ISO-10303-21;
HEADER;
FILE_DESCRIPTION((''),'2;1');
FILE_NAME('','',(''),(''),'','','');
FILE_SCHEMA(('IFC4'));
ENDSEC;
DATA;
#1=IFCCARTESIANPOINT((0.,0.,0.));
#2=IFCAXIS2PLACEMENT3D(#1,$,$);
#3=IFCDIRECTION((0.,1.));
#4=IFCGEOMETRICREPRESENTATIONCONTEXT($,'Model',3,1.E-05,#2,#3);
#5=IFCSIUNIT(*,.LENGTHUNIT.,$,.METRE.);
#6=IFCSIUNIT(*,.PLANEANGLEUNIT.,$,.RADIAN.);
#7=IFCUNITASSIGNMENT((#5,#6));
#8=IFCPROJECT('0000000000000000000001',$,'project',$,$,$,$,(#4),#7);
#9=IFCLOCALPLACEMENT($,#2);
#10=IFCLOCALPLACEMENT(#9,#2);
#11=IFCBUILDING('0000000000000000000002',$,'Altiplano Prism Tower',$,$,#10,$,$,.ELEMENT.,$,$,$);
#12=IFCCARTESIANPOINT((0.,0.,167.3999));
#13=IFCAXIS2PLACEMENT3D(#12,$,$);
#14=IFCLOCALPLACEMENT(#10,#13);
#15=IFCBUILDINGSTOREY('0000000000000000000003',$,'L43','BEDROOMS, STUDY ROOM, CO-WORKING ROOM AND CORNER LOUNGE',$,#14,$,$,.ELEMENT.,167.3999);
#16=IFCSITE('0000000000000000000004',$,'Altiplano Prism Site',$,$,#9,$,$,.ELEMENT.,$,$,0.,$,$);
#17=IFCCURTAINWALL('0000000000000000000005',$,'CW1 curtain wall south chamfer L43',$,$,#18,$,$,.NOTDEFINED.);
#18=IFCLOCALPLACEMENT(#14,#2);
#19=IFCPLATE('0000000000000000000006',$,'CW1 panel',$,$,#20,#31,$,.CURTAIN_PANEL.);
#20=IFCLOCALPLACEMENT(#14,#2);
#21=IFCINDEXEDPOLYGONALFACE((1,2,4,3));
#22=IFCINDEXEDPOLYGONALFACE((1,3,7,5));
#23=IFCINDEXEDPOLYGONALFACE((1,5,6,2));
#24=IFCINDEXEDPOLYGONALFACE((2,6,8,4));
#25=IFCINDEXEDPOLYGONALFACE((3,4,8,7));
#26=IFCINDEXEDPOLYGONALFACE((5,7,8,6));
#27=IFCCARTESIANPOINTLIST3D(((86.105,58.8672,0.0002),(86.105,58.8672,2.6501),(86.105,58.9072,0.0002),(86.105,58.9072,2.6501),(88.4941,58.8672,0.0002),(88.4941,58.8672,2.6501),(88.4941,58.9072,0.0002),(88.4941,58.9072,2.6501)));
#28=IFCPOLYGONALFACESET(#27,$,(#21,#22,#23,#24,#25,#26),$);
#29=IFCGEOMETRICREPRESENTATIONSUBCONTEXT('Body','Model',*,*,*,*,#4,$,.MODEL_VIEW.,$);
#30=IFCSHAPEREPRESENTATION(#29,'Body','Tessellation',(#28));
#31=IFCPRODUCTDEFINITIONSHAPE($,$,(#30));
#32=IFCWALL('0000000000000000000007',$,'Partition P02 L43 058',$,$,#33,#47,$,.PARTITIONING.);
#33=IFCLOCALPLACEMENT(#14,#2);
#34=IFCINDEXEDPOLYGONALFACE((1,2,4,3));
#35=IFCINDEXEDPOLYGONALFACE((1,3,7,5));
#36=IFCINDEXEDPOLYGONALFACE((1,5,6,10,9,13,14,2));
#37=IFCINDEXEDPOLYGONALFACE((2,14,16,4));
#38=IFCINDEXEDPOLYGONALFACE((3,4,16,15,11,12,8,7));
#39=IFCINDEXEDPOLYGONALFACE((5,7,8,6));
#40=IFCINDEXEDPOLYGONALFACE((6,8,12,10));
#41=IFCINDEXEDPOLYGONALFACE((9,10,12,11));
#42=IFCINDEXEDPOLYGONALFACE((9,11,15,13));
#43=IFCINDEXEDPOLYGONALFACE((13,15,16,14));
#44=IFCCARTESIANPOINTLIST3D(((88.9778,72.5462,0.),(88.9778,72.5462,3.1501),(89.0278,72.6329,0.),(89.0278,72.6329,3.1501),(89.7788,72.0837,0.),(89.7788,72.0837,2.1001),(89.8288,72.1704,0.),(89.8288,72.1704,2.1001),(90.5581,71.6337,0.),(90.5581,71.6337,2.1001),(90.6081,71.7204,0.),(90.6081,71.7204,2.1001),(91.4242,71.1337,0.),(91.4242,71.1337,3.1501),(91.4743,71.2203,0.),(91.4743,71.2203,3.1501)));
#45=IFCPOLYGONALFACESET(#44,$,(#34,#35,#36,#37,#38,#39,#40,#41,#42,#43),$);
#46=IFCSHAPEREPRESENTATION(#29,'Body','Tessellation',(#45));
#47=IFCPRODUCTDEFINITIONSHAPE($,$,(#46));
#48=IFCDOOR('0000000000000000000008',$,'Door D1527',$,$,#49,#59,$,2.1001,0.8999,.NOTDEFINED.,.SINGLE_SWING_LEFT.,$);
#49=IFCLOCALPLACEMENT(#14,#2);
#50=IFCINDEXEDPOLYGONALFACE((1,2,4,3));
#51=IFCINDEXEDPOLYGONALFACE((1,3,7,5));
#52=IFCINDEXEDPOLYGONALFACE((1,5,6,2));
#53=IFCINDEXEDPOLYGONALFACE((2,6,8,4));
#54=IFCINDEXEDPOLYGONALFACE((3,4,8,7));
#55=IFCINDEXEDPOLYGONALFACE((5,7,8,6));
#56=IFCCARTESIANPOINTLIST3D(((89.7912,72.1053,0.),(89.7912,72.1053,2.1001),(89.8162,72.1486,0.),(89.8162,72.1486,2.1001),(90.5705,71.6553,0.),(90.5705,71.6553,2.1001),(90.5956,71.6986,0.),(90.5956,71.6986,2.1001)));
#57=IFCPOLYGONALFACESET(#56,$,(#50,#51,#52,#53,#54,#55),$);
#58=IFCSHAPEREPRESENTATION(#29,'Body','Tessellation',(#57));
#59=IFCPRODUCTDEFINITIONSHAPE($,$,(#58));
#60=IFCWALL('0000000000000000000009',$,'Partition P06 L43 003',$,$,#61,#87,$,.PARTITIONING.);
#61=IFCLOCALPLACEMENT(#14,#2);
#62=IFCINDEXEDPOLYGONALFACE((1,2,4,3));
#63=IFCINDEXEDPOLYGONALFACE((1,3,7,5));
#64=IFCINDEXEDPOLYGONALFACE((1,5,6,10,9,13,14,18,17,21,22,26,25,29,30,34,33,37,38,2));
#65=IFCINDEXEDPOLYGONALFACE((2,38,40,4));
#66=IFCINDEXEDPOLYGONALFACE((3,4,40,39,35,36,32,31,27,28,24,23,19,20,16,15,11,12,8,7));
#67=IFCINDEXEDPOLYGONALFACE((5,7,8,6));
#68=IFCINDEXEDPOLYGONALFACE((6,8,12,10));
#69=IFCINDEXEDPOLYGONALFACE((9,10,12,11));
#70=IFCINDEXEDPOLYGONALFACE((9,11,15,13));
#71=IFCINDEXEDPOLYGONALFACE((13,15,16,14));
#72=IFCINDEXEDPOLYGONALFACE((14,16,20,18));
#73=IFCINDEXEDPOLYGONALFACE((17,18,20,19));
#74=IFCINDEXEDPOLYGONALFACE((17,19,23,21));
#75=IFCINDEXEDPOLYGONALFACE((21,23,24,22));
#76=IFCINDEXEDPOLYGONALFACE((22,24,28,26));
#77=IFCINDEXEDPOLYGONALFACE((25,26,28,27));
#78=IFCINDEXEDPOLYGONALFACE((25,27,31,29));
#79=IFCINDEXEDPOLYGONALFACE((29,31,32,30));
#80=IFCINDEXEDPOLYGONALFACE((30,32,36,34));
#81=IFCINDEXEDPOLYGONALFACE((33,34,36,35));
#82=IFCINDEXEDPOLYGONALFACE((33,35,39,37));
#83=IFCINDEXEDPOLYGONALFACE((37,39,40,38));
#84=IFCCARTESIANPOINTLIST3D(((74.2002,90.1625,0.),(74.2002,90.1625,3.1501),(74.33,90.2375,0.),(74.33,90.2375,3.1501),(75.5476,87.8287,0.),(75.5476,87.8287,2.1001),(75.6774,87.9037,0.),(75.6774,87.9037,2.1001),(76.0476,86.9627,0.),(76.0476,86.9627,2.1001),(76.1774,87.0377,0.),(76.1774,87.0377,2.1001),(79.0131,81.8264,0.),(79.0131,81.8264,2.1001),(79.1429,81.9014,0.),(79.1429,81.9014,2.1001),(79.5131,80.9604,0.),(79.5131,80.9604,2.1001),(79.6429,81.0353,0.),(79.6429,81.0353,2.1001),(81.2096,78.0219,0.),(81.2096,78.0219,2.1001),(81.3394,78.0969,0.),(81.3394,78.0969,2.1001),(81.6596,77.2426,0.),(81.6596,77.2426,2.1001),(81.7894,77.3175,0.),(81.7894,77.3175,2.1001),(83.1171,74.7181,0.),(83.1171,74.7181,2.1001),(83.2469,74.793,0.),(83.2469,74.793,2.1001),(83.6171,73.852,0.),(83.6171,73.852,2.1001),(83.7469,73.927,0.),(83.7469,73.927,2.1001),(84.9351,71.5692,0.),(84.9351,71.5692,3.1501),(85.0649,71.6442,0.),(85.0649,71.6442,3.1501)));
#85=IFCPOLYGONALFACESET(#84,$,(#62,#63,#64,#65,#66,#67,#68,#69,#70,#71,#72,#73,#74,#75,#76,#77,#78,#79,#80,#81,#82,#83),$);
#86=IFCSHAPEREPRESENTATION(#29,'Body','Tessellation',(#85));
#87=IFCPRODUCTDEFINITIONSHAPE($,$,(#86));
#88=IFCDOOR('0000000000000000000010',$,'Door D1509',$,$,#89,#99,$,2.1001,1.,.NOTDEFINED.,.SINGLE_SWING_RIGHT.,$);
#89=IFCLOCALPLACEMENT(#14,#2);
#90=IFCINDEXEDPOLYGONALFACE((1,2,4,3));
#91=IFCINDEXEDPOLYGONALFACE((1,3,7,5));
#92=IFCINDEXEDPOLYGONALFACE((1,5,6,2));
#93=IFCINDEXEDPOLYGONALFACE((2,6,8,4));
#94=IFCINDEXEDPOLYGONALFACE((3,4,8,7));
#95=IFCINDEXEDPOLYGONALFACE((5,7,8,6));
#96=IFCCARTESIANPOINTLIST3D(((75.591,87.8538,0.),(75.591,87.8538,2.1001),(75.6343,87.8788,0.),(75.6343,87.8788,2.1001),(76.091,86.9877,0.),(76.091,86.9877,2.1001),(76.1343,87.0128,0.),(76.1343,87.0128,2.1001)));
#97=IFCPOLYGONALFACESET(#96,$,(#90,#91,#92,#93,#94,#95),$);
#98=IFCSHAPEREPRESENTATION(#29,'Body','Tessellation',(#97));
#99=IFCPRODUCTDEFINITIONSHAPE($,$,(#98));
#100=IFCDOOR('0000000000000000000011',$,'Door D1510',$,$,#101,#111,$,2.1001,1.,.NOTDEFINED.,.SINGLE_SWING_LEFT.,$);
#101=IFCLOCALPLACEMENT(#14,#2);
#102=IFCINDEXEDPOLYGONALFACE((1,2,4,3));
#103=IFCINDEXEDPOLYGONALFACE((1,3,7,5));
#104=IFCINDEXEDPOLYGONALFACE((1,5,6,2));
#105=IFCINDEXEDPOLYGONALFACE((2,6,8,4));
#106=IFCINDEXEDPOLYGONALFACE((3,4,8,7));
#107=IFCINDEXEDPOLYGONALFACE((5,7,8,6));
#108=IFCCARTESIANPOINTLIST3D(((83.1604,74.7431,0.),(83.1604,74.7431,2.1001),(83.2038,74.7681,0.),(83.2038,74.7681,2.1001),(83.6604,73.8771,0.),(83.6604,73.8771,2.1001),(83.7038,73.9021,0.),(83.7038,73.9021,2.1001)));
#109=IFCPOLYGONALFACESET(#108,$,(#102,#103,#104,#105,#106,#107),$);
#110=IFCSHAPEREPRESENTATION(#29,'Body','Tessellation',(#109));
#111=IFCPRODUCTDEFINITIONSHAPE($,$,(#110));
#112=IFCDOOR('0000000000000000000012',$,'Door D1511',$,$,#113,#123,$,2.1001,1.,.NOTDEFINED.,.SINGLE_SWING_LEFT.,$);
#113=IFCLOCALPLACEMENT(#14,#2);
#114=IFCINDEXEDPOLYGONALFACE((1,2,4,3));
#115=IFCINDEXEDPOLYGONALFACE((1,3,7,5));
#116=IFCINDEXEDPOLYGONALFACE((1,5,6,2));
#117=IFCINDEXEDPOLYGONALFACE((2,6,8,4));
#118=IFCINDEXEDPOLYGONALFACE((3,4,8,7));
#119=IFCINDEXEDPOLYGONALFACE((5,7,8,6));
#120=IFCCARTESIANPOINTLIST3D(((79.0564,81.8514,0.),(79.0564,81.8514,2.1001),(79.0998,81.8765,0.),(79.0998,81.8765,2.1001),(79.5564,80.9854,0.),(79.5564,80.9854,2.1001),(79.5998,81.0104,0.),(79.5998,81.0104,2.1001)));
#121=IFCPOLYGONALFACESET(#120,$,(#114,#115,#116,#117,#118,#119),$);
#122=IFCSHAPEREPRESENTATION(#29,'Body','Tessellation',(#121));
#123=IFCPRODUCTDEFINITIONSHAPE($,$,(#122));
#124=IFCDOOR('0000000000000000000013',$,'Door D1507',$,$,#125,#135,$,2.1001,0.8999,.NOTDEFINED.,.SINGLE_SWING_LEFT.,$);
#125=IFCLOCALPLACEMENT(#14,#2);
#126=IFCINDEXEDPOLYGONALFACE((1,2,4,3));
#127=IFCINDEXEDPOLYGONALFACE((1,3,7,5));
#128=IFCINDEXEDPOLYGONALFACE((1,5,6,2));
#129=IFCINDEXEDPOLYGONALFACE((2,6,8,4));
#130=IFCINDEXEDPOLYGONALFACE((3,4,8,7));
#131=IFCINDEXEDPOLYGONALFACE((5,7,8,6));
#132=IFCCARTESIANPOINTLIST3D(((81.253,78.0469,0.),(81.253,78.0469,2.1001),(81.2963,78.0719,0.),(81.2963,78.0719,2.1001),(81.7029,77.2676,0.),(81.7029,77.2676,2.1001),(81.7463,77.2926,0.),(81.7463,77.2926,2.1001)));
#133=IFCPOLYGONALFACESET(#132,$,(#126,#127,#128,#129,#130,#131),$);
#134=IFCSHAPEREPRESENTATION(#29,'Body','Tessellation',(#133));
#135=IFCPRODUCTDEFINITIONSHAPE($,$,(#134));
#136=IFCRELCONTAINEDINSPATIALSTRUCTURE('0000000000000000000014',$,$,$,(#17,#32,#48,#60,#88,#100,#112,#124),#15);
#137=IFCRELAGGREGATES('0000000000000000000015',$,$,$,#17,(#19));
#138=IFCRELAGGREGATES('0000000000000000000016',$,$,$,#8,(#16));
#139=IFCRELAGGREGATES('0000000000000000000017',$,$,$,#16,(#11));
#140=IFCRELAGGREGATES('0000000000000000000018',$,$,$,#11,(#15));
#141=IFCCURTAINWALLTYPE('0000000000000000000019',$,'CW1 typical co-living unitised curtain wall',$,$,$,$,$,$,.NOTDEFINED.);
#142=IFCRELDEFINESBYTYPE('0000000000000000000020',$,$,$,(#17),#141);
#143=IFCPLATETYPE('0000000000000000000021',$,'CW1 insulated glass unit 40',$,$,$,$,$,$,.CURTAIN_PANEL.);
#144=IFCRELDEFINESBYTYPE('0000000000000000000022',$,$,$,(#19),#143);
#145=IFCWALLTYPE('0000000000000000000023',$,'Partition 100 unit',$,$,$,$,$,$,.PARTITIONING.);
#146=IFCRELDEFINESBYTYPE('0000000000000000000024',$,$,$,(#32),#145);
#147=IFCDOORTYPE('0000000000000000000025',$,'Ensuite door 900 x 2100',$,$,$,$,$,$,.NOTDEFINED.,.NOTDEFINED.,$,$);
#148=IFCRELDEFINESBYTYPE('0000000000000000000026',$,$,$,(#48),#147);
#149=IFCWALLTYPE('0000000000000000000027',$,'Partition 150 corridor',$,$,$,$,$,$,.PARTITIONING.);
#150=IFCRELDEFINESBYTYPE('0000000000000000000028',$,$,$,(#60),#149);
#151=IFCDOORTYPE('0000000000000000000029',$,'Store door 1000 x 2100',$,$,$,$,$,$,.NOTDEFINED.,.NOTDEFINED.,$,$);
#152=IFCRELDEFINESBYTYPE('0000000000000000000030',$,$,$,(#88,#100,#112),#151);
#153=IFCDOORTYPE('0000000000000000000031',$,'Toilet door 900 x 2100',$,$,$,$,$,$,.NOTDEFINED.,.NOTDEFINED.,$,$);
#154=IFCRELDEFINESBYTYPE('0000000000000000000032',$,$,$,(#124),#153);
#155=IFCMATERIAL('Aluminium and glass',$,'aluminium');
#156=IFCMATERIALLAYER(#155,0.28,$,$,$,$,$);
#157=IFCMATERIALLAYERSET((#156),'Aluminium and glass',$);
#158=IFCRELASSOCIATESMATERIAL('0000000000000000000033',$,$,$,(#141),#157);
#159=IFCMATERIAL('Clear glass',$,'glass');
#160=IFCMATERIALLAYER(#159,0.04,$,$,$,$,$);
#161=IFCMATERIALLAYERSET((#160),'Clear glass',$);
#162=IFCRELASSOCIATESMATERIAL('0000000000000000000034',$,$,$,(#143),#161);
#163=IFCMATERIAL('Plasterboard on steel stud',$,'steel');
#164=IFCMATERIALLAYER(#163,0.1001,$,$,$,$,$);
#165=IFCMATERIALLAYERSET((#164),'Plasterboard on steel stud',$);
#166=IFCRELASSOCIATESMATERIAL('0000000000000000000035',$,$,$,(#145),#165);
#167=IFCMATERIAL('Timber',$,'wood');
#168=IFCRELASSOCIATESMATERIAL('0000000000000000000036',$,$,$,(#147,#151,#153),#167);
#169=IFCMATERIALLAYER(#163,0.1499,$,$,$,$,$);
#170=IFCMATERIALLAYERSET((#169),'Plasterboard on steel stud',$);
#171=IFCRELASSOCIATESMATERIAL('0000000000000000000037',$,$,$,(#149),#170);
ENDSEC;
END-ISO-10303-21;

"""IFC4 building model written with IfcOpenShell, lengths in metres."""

from ifc_helpers import new_model, si_unit, direction, frame, frame_2d, origin, origin_2d, place, context, subcontext, project, spatial, rectangle, extrude, material, layer, layer_set, type_object, element, fill, aggregate, save


model = new_model("IFC4")

# Units and contexts
model_context = context("Model", 3, precision=1e-05, world=origin(), true_north=direction((0.0, 1.0)))
body_context = subcontext(model_context, "Body", "Model", "MODEL_VIEW")
ifc_project = project(units=[si_unit("LENGTHUNIT", "METRE"), si_unit("PLANEANGLEUNIT", "RADIAN")], contexts=[model_context])

# Site, building, storey
site_placement = place(None, origin())
site = spatial("IfcSite", under=ifc_project, at=site_placement, Name="Altiplano Prism Site", CompositionType="ELEMENT", RefElevation=0.0)
building_placement = place(site_placement, origin())
building = spatial("IfcBuilding", under=site, at=building_placement, Name="Altiplano Prism Tower", CompositionType="ELEMENT")
storey_placement = place(building_placement, frame((0.0, 0.0, 167.3999)))
storey = spatial("IfcBuildingStorey", under=building, at=storey_placement, Name="L43", Description="BEDROOMS, STUDY ROOM, CO-WORKING ROOM AND CORNER LOUNGE", CompositionType="ELEMENT", Elevation=167.3999)

# Shared definitions
ifc_material_1 = material(Name="Aluminium and glass", Category="aluminium")
ifc_layer_1 = layer(ifc_material_1, 0.28)
ifc_layer_set_1 = layer_set([ifc_layer_1], Name="Aluminium and glass")
curtain_wall_type = type_object("IfcCurtainWallType", Name="CW1 typical co-living unitised curtain wall", PredefinedType="NOTDEFINED", material=ifc_layer_set_1)

# Curtain wall
curtain_wall_1_placement = place(storey_placement, origin())
curtain_wall_1 = element("IfcCurtainWall", 1, at=curtain_wall_1_placement, inside=storey, type_object=curtain_wall_type, Name="CW1 curtain wall south chamfer L43", PredefinedType="NOTDEFINED")

# Plate
ifc_material_2 = material(Name="Clear glass", Category="glass")
ifc_layer_2 = layer(ifc_material_2, 0.04)
ifc_layer_set_2 = layer_set([ifc_layer_2], Name="Clear glass")
plate_type = type_object("IfcPlateType", Name="CW1 insulated glass unit 40", PredefinedType="CURTAIN_PANEL", material=ifc_layer_set_2)
plate_1_placement = place(storey_placement, frame((87.2996, 58.8872, 0.0002), z_axis=(0.0, 0.0, 1.0), x_axis=(1.0, 0.0, 0.0)))
plate_1 = element("IfcPlate", 2, at=plate_1_placement, type_object=plate_type, Name="CW1 panel", PredefinedType="CURTAIN_PANEL", context=body_context, shape_type="SweptSolid", body=[
    extrude(rectangle(XDim=2.3892, YDim=0.04, at=origin_2d()), origin(), (0.0, 0.0, 1.0), 2.6499),
])
aggregate(curtain_wall_1, [plate_1])

# Wall, opening, door
ifc_material_3 = material(Name="Plasterboard on steel stud", Category="steel")
ifc_layer_3 = layer(ifc_material_3, 0.1001)
ifc_layer_set_3 = layer_set([ifc_layer_3], Name="Plasterboard on steel stud")
wall_type_1 = type_object("IfcWallType", Name="Partition 100 unit", PredefinedType="PARTITIONING", material=ifc_layer_set_3)
wall_1_placement = place(storey_placement, frame((89.0027, 72.5896, 0.0), z_axis=(0.0, 0.0, 1.0), x_axis=(0.866011, -0.500024, 0.0)))
wall_1 = element("IfcWall", 3, at=wall_1_placement, inside=storey, type_object=wall_type_1, Name="Partition P02 L43 058", PredefinedType="PARTITIONING", context=body_context, shape_type="SweptSolid", body=[
    extrude(rectangle(XDim=2.825, YDim=0.1001, at=frame_2d((1.4126, 0.0))), origin(), (0.0, 0.0, 1.0), 3.1501),
])
opening_1_placement = place(wall_1_placement, frame((0.925, 0.0, 0.0)))
opening_1 = element("IfcOpeningElement", 4, at=opening_1_placement, cuts=wall_1, PredefinedType="OPENING", context=body_context, shape_type="SweptSolid", body=[
    extrude(rectangle(XDim=0.8999, YDim=2.1001, at=frame_2d((0.45, 1.05))), frame((0.0, 0.0605, 0.0), z_axis=(0.0, -1.0, 0.0), x_axis=(1.0, 0.0, 0.0)), (0.0, 0.0, 1.0), 0.1211),
])
ifc_material_4 = material(Name="Timber", Category="wood")
door_type_1 = type_object("IfcDoorType", Name="Ensuite door 900 x 2100", OperationType="NOTDEFINED", PredefinedType="NOTDEFINED", material=ifc_material_4)
door_1_placement = place(opening_1_placement, origin())
door_1 = element("IfcDoor", 5, at=door_1_placement, inside=storey, type_object=door_type_1, Name="Door D1527", OperationType="SINGLE_SWING_LEFT", OverallHeight=2.1001, OverallWidth=0.8999, PredefinedType="NOTDEFINED", context=body_context, shape_type="SweptSolid", body=[
    extrude(rectangle(XDim=0.8999, YDim=2.1001, at=frame_2d((0.45, 1.05))), frame((0.0, 0.0249, 0.0), z_axis=(0.0, -1.0, 0.0), x_axis=(1.0, 0.0, 0.0)), (0.0, 0.0, 1.0), 0.05),
])
fill(opening_1, door_1)

# Wall, openings, doors
ifc_layer_4 = layer(ifc_material_3, 0.1499)
ifc_layer_set_4 = layer_set([ifc_layer_4], Name="Plasterboard on steel stud")
wall_type_2 = type_object("IfcWallType", Name="Partition 150 corridor", PredefinedType="PARTITIONING", material=ifc_layer_set_4)
wall_2_placement = place(storey_placement, frame((85.0, 71.6067, 0.0), z_axis=(0.0, 0.0, 1.0), x_axis=(-0.500001, 0.866025, 0.0)))
wall_2 = element("IfcWall", 6, at=wall_2_placement, inside=storey, type_object=wall_type_2, Name="Partition P06 L43 003", PredefinedType="PARTITIONING", context=body_context, shape_type="SweptSolid", body=[
    extrude(rectangle(XDim=21.4697, YDim=0.1499, at=frame_2d((10.7349, 0.0))), origin(), (0.0, 0.0, 1.0), 3.1501),
])
opening_2_placement = place(wall_2_placement, frame((6.551, 0.0, 0.0)))
opening_2 = element("IfcOpeningElement", 7, at=opening_2_placement, cuts=wall_2, PredefinedType="OPENING", context=body_context, shape_type="SweptSolid", body=[
    extrude(rectangle(XDim=0.8999, YDim=2.1001, at=frame_2d((0.45, 1.05))), frame((0.0, 0.0854, 0.0), z_axis=(0.0, -1.0, 0.0), x_axis=(1.0, 0.0, 0.0)), (0.0, 0.0, 1.0), 0.1709),
])
opening_3_placement = place(wall_2_placement, frame((17.7749, 0.0, 0.0)))
opening_3 = element("IfcOpeningElement", 8, at=opening_3_placement, cuts=wall_2, PredefinedType="OPENING", context=body_context, shape_type="SweptSolid", body=[
    extrude(rectangle(XDim=1.0, YDim=2.1001, at=frame_2d((0.5, 1.05))), frame((0.0, 0.0854, 0.0), z_axis=(0.0, -1.0, 0.0), x_axis=(1.0, 0.0, 0.0)), (0.0, 0.0, 1.0), 0.1709),
])
opening_4_placement = place(wall_2_placement, frame((2.636, 0.0, 0.0)))
opening_4 = element("IfcOpeningElement", 9, at=opening_4_placement, cuts=wall_2, PredefinedType="OPENING", context=body_context, shape_type="SweptSolid", body=[
    extrude(rectangle(XDim=1.0, YDim=2.1001, at=frame_2d((0.5, 1.05))), frame((0.0, 0.0854, 0.0), z_axis=(0.0, -1.0, 0.0), x_axis=(1.0, 0.0, 0.0)), (0.0, 0.0, 1.0), 0.1709),
])
opening_5_placement = place(wall_2_placement, frame((10.844, 0.0, 0.0)))
opening_5 = element("IfcOpeningElement", 10, at=opening_5_placement, cuts=wall_2, PredefinedType="OPENING", context=body_context, shape_type="SweptSolid", body=[
    extrude(rectangle(XDim=1.0, YDim=2.1001, at=frame_2d((0.5, 1.05))), frame((0.0, 0.0854, 0.0), z_axis=(0.0, -1.0, 0.0), x_axis=(1.0, 0.0, 0.0)), (0.0, 0.0, 1.0), 0.1709),
])
door_type_2 = type_object("IfcDoorType", Name="Store door 1000 x 2100", OperationType="NOTDEFINED", PredefinedType="NOTDEFINED", material=ifc_material_4)
door_2_placement = place(opening_3_placement, origin())
door_2 = element("IfcDoor", 11, at=door_2_placement, inside=storey, type_object=door_type_2, Name="Door D1509", OperationType="SINGLE_SWING_RIGHT", OverallHeight=2.1001, OverallWidth=1.0, PredefinedType="NOTDEFINED", context=body_context, shape_type="SweptSolid", body=[
    extrude(rectangle(XDim=1.0, YDim=2.1001, at=frame_2d((0.5, 1.05))), frame((0.0, 0.0249, 0.0), z_axis=(0.0, -1.0, 0.0), x_axis=(1.0, 0.0, 0.0)), (0.0, 0.0, 1.0), 0.05),
])
fill(opening_3, door_2)
door_3_placement = place(opening_4_placement, origin())
door_3 = element("IfcDoor", 12, at=door_3_placement, inside=storey, type_object=door_type_2, Name="Door D1510", OperationType="SINGLE_SWING_LEFT", OverallHeight=2.1001, OverallWidth=1.0, PredefinedType="NOTDEFINED", context=body_context, shape_type="SweptSolid", body=[
    extrude(rectangle(XDim=1.0, YDim=2.1001, at=frame_2d((0.5, 1.05))), frame((0.0, 0.0249, 0.0), z_axis=(0.0, -1.0, 0.0), x_axis=(1.0, 0.0, 0.0)), (0.0, 0.0, 1.0), 0.05),
])
fill(opening_4, door_3)
door_4_placement = place(opening_5_placement, origin())
door_4 = element("IfcDoor", 13, at=door_4_placement, inside=storey, type_object=door_type_2, Name="Door D1511", OperationType="SINGLE_SWING_LEFT", OverallHeight=2.1001, OverallWidth=1.0, PredefinedType="NOTDEFINED", context=body_context, shape_type="SweptSolid", body=[
    extrude(rectangle(XDim=1.0, YDim=2.1001, at=frame_2d((0.5, 1.05))), frame((0.0, 0.0249, 0.0), z_axis=(0.0, -1.0, 0.0), x_axis=(1.0, 0.0, 0.0)), (0.0, 0.0, 1.0), 0.05),
])
fill(opening_5, door_4)
door_type_3 = type_object("IfcDoorType", Name="Toilet door 900 x 2100", OperationType="NOTDEFINED", PredefinedType="NOTDEFINED", material=ifc_material_4)
door_5_placement = place(opening_2_placement, origin())
door_5 = element("IfcDoor", 14, at=door_5_placement, inside=storey, type_object=door_type_3, Name="Door D1507", OperationType="SINGLE_SWING_LEFT", OverallHeight=2.1001, OverallWidth=0.8999, PredefinedType="NOTDEFINED", context=body_context, shape_type="SweptSolid", body=[
    extrude(rectangle(XDim=0.8999, YDim=2.1001, at=frame_2d((0.45, 1.05))), frame((0.0, 0.0249, 0.0), z_axis=(0.0, -1.0, 0.0), x_axis=(1.0, 0.0, 0.0)), (0.0, 0.0, 1.0), 0.05),
])
fill(opening_2, door_5)

save(model, "model.ifc")
